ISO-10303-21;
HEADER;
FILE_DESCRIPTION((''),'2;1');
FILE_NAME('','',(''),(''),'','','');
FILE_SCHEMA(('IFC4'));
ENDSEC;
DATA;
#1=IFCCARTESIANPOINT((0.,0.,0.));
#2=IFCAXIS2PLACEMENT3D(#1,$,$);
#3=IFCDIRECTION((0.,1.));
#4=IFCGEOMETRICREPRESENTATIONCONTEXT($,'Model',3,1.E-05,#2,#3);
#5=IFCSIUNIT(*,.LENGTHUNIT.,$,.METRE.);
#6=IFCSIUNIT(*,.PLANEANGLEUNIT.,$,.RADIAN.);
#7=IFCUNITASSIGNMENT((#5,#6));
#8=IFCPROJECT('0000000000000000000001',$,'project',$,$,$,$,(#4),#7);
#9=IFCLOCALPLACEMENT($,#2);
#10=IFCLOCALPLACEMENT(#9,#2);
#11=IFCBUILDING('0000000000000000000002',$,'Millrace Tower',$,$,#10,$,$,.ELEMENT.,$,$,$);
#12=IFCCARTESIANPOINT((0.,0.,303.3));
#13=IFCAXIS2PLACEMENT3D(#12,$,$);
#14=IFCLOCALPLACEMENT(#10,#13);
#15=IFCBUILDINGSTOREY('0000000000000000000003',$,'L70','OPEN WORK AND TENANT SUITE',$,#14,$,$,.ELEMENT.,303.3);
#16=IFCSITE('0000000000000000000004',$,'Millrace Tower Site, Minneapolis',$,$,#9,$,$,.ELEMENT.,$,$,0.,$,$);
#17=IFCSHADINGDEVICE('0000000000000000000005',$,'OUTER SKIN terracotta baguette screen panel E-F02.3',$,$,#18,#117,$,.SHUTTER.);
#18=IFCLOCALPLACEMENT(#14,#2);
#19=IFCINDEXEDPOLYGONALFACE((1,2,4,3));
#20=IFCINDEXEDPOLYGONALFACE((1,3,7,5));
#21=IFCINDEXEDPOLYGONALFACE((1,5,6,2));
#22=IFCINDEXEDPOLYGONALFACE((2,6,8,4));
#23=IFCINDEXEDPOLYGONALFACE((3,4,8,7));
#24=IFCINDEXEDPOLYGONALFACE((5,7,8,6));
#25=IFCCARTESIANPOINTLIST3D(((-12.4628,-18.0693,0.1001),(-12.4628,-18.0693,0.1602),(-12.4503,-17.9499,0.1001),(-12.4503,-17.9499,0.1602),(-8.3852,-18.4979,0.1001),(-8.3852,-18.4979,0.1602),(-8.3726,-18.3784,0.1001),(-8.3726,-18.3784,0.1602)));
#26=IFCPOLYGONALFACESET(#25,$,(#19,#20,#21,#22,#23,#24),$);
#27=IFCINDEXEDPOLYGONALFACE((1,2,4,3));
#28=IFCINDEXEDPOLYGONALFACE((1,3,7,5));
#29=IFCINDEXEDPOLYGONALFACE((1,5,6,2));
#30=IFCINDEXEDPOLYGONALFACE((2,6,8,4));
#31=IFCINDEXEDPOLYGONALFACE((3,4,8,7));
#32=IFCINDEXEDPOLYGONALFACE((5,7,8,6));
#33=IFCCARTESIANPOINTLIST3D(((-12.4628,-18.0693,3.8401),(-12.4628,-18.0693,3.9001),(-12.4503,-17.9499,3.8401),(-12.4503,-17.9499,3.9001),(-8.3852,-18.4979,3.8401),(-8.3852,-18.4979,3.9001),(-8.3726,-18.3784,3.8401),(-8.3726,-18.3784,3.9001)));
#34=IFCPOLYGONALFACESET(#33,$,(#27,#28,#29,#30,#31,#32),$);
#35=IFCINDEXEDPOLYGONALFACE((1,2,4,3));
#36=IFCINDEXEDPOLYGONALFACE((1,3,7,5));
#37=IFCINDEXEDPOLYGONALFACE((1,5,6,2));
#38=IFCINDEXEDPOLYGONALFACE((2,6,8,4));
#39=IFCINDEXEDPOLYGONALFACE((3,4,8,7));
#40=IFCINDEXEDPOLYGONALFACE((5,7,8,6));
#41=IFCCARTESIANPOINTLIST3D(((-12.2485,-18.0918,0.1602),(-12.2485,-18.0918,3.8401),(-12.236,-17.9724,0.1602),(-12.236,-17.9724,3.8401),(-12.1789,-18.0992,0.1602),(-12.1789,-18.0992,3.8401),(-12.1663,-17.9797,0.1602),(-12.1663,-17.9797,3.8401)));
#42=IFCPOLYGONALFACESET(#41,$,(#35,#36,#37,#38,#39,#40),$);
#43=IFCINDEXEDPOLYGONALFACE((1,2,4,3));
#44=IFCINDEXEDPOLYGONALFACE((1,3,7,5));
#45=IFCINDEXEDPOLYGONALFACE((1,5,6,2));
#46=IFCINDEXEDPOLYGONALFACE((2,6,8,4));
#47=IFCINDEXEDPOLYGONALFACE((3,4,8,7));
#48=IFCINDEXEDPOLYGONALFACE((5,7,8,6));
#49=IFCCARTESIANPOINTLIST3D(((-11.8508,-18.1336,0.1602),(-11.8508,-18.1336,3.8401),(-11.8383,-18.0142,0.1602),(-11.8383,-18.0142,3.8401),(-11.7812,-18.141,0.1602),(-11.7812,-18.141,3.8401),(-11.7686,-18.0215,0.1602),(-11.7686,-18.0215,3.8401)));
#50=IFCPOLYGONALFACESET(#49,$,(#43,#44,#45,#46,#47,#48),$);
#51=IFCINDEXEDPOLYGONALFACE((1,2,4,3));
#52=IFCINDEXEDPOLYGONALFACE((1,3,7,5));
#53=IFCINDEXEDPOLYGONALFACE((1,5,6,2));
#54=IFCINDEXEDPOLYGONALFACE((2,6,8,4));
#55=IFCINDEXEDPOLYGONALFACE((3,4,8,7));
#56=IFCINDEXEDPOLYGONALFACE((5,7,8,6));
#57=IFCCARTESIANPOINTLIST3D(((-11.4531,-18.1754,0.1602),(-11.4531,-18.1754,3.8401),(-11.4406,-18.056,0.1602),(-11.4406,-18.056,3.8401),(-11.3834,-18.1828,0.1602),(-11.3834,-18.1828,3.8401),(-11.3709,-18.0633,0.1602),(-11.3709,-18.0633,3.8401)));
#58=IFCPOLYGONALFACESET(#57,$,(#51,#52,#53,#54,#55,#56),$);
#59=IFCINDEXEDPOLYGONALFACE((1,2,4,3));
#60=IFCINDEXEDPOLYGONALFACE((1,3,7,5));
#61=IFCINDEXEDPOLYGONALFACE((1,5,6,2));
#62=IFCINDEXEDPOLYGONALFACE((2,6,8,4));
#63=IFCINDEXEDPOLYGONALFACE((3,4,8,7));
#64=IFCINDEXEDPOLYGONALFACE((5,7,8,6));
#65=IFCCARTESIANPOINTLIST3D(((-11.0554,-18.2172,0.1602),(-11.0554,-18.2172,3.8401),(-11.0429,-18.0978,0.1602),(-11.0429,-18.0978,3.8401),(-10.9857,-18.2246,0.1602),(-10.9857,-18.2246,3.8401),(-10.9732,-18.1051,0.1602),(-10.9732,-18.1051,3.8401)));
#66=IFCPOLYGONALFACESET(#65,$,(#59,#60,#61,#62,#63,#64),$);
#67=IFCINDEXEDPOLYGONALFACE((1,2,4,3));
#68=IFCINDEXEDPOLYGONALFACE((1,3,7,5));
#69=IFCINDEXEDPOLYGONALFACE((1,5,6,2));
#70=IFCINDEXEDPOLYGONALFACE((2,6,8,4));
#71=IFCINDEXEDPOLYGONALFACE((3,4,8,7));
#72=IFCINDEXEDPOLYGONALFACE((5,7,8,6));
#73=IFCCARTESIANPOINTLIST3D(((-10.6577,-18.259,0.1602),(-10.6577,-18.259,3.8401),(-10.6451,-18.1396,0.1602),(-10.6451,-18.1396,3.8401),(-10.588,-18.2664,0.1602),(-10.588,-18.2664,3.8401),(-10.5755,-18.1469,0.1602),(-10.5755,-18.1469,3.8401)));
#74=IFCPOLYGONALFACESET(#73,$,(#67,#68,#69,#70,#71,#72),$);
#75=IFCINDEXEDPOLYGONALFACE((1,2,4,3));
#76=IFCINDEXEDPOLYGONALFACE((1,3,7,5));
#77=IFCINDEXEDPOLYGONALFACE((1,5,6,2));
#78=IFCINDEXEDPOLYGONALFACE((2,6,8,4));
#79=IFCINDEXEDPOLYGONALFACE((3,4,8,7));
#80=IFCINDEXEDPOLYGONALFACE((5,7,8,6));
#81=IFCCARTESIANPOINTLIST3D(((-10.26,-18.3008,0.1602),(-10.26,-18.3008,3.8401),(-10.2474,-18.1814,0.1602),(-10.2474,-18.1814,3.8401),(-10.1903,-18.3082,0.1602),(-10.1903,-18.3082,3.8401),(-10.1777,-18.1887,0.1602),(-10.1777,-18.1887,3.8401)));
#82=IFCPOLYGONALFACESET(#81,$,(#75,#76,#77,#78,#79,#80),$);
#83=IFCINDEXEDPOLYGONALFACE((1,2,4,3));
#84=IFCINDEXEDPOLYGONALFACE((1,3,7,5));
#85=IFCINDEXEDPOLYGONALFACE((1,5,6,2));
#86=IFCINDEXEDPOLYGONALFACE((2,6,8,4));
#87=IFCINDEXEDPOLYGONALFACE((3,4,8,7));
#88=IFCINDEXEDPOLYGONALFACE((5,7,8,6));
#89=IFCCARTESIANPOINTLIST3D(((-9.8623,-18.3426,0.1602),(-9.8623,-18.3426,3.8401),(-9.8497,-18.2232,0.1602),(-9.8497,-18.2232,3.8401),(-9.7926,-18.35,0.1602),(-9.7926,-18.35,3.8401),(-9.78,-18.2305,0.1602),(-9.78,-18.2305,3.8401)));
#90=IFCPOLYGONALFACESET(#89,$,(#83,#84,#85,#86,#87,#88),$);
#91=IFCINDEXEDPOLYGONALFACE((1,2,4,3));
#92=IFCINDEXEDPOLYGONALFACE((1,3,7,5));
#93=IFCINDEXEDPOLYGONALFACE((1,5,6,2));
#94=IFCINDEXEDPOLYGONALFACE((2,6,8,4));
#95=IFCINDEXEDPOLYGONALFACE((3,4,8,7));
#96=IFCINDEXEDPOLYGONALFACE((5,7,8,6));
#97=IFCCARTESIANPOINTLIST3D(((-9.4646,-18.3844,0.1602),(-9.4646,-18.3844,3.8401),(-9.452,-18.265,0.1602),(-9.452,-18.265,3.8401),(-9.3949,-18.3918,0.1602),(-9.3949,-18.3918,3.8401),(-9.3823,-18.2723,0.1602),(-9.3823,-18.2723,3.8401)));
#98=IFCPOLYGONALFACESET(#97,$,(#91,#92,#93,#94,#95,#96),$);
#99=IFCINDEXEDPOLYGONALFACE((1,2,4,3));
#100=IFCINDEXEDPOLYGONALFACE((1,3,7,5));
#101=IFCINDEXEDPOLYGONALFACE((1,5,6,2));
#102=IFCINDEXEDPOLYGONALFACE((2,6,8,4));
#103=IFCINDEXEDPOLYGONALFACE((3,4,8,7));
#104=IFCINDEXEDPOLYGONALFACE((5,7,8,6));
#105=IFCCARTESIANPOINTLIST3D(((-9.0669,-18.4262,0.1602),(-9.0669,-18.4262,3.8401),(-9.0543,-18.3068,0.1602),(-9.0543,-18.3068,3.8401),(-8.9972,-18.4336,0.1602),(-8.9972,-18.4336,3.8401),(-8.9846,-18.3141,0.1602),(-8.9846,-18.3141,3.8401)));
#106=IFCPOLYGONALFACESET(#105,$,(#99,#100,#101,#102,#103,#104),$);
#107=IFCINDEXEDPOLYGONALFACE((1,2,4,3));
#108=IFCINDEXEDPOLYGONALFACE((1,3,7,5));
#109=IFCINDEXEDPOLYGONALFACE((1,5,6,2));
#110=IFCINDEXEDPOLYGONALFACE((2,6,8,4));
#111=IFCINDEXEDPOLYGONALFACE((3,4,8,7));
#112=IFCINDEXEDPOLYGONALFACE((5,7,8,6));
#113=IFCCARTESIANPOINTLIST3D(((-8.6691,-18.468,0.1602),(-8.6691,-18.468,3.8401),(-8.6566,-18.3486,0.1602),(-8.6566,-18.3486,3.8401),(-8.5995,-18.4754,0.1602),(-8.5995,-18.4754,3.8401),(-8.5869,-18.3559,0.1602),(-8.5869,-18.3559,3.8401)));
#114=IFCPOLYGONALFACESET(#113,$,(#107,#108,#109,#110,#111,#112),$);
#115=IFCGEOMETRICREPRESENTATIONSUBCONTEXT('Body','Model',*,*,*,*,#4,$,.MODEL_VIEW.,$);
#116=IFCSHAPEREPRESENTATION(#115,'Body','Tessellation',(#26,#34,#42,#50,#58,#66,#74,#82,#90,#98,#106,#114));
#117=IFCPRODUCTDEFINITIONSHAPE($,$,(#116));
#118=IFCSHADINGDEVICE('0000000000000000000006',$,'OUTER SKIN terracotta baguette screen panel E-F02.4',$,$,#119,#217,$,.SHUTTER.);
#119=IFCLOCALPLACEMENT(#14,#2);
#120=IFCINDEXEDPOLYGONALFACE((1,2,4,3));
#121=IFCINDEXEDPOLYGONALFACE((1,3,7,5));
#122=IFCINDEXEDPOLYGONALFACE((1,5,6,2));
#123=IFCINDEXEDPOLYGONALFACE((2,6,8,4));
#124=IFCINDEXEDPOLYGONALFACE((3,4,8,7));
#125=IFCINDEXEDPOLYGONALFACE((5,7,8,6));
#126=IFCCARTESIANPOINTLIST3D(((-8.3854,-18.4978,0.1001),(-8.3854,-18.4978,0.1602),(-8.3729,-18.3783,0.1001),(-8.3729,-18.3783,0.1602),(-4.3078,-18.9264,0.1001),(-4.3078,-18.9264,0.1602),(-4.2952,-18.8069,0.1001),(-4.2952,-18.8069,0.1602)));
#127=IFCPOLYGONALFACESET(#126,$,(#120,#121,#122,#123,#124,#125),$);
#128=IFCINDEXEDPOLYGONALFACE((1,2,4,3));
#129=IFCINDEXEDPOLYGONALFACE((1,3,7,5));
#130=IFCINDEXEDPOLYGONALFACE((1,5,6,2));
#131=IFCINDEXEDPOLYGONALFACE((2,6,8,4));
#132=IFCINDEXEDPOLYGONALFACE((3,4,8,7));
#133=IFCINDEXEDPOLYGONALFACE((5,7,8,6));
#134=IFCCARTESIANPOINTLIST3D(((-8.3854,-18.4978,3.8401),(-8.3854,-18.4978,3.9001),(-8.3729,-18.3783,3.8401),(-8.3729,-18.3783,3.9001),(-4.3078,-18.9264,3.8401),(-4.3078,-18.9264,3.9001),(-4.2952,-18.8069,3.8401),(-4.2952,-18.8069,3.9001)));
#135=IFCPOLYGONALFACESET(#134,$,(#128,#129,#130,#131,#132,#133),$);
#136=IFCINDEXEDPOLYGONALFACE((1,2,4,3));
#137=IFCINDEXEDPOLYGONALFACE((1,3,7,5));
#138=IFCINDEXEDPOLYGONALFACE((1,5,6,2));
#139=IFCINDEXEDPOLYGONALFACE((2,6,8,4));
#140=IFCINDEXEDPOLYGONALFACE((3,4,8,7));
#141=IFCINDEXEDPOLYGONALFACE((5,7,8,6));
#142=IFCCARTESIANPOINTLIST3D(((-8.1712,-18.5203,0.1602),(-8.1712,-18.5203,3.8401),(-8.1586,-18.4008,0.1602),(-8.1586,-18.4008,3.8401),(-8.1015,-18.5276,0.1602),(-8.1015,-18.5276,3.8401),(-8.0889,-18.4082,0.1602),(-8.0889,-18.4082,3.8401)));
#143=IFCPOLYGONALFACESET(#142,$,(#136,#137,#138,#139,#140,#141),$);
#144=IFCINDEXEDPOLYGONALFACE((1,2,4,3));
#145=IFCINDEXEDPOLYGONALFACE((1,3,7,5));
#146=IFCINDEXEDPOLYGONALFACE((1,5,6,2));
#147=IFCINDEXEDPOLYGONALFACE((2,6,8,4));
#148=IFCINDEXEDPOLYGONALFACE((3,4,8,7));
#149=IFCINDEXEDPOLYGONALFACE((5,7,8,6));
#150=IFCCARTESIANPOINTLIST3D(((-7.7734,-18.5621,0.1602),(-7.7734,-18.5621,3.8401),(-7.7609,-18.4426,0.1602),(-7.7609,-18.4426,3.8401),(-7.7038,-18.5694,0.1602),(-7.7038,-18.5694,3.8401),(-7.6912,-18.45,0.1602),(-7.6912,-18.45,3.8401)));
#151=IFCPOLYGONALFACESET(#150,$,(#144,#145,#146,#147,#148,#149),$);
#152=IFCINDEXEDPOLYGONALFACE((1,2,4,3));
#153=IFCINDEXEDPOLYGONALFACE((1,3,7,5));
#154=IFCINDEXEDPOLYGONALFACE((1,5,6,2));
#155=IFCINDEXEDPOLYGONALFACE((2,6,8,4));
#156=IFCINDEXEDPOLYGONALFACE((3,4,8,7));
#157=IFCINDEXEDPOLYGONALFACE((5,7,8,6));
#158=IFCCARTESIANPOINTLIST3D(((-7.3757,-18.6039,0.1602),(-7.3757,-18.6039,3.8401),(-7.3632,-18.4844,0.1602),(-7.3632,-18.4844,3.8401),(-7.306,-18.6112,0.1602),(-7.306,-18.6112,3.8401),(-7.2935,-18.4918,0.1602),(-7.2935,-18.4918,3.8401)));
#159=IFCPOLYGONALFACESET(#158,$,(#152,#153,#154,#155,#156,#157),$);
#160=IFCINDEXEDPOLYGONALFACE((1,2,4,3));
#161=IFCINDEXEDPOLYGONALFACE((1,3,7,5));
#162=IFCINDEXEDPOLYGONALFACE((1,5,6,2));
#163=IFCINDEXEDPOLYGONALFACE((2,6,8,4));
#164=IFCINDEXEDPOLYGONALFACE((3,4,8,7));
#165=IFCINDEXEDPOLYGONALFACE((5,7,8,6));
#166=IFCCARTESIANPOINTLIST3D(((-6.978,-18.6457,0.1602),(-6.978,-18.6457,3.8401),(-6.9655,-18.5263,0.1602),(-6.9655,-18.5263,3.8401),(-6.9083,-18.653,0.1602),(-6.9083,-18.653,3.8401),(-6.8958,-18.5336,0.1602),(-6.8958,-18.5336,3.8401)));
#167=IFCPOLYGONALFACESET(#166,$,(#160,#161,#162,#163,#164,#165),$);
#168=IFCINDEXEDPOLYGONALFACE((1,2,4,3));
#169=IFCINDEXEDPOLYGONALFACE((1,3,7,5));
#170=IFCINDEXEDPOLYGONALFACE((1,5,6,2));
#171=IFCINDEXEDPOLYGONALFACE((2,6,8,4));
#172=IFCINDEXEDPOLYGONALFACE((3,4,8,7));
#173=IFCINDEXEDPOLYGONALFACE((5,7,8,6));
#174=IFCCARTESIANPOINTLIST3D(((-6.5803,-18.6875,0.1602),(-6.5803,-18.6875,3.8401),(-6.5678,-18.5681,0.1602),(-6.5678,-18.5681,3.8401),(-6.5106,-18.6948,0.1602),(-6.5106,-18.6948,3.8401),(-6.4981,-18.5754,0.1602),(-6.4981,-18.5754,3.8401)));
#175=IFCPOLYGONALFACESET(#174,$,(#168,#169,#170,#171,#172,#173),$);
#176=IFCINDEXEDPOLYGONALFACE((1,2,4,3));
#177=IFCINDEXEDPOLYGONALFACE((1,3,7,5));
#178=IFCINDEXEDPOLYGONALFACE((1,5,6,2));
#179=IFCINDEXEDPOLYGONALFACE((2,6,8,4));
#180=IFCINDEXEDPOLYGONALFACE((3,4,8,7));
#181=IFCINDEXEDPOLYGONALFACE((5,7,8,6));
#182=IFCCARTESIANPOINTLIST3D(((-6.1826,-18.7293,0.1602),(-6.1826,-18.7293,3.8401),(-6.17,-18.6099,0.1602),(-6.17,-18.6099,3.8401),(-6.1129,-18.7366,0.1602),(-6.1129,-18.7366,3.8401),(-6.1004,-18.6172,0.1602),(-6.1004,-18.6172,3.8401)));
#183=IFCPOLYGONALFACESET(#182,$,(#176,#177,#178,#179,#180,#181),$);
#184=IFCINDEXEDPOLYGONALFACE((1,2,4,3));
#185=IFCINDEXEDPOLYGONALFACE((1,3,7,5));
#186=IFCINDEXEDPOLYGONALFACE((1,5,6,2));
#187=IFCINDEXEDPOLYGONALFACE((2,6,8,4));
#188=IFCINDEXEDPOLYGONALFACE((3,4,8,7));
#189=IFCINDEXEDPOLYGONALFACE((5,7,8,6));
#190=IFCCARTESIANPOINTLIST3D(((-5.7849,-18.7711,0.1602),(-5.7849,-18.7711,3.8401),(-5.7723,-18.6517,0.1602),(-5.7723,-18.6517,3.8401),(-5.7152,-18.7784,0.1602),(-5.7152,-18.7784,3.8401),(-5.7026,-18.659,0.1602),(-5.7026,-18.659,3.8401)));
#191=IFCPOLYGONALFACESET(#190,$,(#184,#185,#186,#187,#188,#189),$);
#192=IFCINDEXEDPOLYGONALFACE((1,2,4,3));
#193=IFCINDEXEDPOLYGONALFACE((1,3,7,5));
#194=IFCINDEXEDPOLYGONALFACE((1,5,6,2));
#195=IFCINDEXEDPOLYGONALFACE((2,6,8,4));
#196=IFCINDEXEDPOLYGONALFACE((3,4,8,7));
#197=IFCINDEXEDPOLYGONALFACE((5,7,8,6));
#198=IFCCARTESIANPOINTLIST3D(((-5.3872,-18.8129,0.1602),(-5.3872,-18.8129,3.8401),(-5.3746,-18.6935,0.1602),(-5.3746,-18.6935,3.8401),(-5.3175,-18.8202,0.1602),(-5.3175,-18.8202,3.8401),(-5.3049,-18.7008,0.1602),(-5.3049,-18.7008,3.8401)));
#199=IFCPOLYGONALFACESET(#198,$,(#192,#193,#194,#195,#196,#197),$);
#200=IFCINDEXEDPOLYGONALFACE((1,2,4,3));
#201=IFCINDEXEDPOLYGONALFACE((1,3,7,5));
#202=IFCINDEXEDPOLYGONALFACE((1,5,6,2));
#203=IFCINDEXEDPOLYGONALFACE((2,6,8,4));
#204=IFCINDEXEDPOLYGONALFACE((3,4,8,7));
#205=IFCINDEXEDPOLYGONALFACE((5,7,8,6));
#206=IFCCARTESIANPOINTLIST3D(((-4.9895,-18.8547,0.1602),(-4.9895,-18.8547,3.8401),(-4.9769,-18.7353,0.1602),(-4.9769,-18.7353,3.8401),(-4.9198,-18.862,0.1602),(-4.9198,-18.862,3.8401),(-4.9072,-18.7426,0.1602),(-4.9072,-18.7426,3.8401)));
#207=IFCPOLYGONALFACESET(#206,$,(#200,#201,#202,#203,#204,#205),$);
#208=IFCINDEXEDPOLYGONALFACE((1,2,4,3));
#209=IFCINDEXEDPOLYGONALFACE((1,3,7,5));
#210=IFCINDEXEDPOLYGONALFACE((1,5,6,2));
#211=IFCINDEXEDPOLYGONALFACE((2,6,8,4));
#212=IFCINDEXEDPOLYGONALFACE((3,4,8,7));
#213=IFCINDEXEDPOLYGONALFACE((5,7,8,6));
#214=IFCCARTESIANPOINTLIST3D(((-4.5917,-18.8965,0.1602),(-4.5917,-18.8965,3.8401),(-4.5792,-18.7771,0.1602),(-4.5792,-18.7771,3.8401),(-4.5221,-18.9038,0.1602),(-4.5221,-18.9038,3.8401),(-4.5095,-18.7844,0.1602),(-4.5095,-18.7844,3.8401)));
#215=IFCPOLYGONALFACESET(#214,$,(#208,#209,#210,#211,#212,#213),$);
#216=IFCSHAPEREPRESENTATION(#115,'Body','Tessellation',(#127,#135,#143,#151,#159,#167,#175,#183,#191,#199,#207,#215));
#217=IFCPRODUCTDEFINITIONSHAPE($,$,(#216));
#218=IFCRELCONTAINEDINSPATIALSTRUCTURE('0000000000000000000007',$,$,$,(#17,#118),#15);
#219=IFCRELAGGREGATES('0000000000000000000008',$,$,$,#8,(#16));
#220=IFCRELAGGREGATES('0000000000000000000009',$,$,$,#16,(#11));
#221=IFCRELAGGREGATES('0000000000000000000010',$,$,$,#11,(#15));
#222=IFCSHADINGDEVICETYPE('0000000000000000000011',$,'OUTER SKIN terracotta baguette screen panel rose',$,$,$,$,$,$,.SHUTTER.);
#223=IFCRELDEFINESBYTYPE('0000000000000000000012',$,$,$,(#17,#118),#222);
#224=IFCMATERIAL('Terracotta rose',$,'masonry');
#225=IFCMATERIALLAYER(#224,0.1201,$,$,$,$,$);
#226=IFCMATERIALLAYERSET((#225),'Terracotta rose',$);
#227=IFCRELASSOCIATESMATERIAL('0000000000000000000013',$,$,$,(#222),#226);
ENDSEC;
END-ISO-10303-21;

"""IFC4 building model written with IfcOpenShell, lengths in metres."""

from ifc_helpers import new_model, entity, si_unit, direction, frame, frame_2d, origin, place, context, subcontext, project, spatial, rectangle, extrude, source, transform, mapped, material, layer, layer_set, type_object, element, save


model = new_model("IFC4")

# Units and contexts
model_context = context("Model", 3, precision=1e-05, world=origin(), true_north=direction((0.0, 1.0)))
body_context = subcontext(model_context, "Body", "Model", "MODEL_VIEW")
ifc_project = project(units=[si_unit("LENGTHUNIT", "METRE"), si_unit("PLANEANGLEUNIT", "RADIAN")], contexts=[model_context])

# Site, building, storey
site_placement = place(None, origin())
site = spatial("IfcSite", under=ifc_project, at=site_placement, Name="Millrace Tower Site, Minneapolis", CompositionType="ELEMENT", RefElevation=0.0)
building_placement = place(site_placement, origin())
building = spatial("IfcBuilding", under=site, at=building_placement, Name="Millrace Tower", CompositionType="ELEMENT")
storey_placement = place(building_placement, frame((0.0, 0.0, 303.3)))
storey = spatial("IfcBuildingStorey", under=building, at=storey_placement, Name="L70", Description="OPEN WORK AND TENANT SUITE", CompositionType="ELEMENT", Elevation=303.3)

# Shading devices
ifc_material_1 = material(Name="Terracotta rose", Category="masonry")
ifc_layer_1 = layer(ifc_material_1, 0.1201)
ifc_layer_set_1 = layer_set([ifc_layer_1], Name="Terracotta rose")
shading_device_type = type_object("IfcShadingDeviceType", Name="OUTER SKIN terracotta baguette screen panel rose", PredefinedType="SHUTTER", material=ifc_layer_set_1)
cartesian_point = entity("IfcCartesianPoint", [-2.05, 0.0601])
shared_polyline = entity("IfcPolyline", [cartesian_point, entity("IfcCartesianPoint", [2.05, 0.0601]), entity("IfcCartesianPoint", [2.05, -0.0601]), entity("IfcCartesianPoint", [-2.05, -0.0601]), cartesian_point])
shared_shape = source(origin(), body_context, "Body", "SweptSolid", [
    entity("IfcExtrudedAreaSolid", entity("IfcArbitraryClosedProfileDef", "AREA", None, shared_polyline), entity("IfcAxis2Placement3D", entity("IfcCartesianPoint", [0.0, 0.0, 0.0])), entity("IfcDirection", [0.0, 0.0, 1.0]), 0.0601),
    entity("IfcExtrudedAreaSolid", entity("IfcArbitraryClosedProfileDef", "AREA", None, shared_polyline), entity("IfcAxis2Placement3D", entity("IfcCartesianPoint", [0.0, 0.0, 3.74])), entity("IfcDirection", [0.0, 0.0, 1.0]), 0.0601),
    extrude(rectangle(XDim=0.0701, YDim=0.1201, at=frame_2d((-1.7996, 0.0))), frame((0.0, 0.0, 0.0601)), (0.0, 0.0, 1.0), 3.6799),
    extrude(rectangle(XDim=0.0701, YDim=0.1201, at=frame_2d((-1.3997, 0.0))), frame((0.0, 0.0, 0.0601)), (0.0, 0.0, 1.0), 3.6799),
    extrude(rectangle(XDim=0.0701, YDim=0.1201, at=frame_2d((-0.9998, 0.0))), frame((0.0, 0.0, 0.0601)), (0.0, 0.0, 1.0), 3.6799),
    extrude(rectangle(XDim=0.0701, YDim=0.1201, at=frame_2d((-0.5999, 0.0))), frame((0.0, 0.0, 0.0601)), (0.0, 0.0, 1.0), 3.6799),
    extrude(rectangle(XDim=0.0701, YDim=0.1201, at=frame_2d((-0.2, 0.0))), frame((0.0, 0.0, 0.0601)), (0.0, 0.0, 1.0), 3.6799),
    extrude(rectangle(XDim=0.0701, YDim=0.1201, at=frame_2d((0.2, 0.0))), frame((0.0, 0.0, 0.0601)), (0.0, 0.0, 1.0), 3.6799),
    extrude(rectangle(XDim=0.0701, YDim=0.1201, at=frame_2d((0.5999, 0.0))), frame((0.0, 0.0, 0.0601)), (0.0, 0.0, 1.0), 3.6799),
    extrude(rectangle(XDim=0.0701, YDim=0.1201, at=frame_2d((0.9998, 0.0))), frame((0.0, 0.0, 0.0601)), (0.0, 0.0, 1.0), 3.6799),
    extrude(rectangle(XDim=0.0701, YDim=0.1201, at=frame_2d((1.3997, 0.0))), frame((0.0, 0.0, 0.0601)), (0.0, 0.0, 1.0), 3.6799),
    extrude(rectangle(XDim=0.0701, YDim=0.1201, at=frame_2d((1.7996, 0.0))), frame((0.0, 0.0, 0.0601)), (0.0, 0.0, 1.0), 3.6799),
])
for number, where, z_axis, x_axis, name in (
    (1, (-10.4177, -18.2239, 0.1001), (0.0, 0.0, 1.0), (0.994522, -0.104528, 0.0), "OUTER SKIN terracotta baguette screen panel E-F02.3"),
    (2, (-6.3403, -18.6523, 0.1001), (0.0, 0.0, 1.0), (0.994522, -0.104528, 0.0), "OUTER SKIN terracotta baguette screen panel E-F02.4"),
):
    element("IfcShadingDevice", number, at=place(storey_placement, frame(where, z_axis=z_axis, x_axis=x_axis)), inside=storey, type_object=shading_device_type, Name=name, PredefinedType="SHUTTER", context=body_context, shape_type="MappedRepresentation", body=[
        mapped(shared_shape, transform((0.0, 0.0, 0.0), scale=1.0)),
    ])

save(model, "model.ifc")
